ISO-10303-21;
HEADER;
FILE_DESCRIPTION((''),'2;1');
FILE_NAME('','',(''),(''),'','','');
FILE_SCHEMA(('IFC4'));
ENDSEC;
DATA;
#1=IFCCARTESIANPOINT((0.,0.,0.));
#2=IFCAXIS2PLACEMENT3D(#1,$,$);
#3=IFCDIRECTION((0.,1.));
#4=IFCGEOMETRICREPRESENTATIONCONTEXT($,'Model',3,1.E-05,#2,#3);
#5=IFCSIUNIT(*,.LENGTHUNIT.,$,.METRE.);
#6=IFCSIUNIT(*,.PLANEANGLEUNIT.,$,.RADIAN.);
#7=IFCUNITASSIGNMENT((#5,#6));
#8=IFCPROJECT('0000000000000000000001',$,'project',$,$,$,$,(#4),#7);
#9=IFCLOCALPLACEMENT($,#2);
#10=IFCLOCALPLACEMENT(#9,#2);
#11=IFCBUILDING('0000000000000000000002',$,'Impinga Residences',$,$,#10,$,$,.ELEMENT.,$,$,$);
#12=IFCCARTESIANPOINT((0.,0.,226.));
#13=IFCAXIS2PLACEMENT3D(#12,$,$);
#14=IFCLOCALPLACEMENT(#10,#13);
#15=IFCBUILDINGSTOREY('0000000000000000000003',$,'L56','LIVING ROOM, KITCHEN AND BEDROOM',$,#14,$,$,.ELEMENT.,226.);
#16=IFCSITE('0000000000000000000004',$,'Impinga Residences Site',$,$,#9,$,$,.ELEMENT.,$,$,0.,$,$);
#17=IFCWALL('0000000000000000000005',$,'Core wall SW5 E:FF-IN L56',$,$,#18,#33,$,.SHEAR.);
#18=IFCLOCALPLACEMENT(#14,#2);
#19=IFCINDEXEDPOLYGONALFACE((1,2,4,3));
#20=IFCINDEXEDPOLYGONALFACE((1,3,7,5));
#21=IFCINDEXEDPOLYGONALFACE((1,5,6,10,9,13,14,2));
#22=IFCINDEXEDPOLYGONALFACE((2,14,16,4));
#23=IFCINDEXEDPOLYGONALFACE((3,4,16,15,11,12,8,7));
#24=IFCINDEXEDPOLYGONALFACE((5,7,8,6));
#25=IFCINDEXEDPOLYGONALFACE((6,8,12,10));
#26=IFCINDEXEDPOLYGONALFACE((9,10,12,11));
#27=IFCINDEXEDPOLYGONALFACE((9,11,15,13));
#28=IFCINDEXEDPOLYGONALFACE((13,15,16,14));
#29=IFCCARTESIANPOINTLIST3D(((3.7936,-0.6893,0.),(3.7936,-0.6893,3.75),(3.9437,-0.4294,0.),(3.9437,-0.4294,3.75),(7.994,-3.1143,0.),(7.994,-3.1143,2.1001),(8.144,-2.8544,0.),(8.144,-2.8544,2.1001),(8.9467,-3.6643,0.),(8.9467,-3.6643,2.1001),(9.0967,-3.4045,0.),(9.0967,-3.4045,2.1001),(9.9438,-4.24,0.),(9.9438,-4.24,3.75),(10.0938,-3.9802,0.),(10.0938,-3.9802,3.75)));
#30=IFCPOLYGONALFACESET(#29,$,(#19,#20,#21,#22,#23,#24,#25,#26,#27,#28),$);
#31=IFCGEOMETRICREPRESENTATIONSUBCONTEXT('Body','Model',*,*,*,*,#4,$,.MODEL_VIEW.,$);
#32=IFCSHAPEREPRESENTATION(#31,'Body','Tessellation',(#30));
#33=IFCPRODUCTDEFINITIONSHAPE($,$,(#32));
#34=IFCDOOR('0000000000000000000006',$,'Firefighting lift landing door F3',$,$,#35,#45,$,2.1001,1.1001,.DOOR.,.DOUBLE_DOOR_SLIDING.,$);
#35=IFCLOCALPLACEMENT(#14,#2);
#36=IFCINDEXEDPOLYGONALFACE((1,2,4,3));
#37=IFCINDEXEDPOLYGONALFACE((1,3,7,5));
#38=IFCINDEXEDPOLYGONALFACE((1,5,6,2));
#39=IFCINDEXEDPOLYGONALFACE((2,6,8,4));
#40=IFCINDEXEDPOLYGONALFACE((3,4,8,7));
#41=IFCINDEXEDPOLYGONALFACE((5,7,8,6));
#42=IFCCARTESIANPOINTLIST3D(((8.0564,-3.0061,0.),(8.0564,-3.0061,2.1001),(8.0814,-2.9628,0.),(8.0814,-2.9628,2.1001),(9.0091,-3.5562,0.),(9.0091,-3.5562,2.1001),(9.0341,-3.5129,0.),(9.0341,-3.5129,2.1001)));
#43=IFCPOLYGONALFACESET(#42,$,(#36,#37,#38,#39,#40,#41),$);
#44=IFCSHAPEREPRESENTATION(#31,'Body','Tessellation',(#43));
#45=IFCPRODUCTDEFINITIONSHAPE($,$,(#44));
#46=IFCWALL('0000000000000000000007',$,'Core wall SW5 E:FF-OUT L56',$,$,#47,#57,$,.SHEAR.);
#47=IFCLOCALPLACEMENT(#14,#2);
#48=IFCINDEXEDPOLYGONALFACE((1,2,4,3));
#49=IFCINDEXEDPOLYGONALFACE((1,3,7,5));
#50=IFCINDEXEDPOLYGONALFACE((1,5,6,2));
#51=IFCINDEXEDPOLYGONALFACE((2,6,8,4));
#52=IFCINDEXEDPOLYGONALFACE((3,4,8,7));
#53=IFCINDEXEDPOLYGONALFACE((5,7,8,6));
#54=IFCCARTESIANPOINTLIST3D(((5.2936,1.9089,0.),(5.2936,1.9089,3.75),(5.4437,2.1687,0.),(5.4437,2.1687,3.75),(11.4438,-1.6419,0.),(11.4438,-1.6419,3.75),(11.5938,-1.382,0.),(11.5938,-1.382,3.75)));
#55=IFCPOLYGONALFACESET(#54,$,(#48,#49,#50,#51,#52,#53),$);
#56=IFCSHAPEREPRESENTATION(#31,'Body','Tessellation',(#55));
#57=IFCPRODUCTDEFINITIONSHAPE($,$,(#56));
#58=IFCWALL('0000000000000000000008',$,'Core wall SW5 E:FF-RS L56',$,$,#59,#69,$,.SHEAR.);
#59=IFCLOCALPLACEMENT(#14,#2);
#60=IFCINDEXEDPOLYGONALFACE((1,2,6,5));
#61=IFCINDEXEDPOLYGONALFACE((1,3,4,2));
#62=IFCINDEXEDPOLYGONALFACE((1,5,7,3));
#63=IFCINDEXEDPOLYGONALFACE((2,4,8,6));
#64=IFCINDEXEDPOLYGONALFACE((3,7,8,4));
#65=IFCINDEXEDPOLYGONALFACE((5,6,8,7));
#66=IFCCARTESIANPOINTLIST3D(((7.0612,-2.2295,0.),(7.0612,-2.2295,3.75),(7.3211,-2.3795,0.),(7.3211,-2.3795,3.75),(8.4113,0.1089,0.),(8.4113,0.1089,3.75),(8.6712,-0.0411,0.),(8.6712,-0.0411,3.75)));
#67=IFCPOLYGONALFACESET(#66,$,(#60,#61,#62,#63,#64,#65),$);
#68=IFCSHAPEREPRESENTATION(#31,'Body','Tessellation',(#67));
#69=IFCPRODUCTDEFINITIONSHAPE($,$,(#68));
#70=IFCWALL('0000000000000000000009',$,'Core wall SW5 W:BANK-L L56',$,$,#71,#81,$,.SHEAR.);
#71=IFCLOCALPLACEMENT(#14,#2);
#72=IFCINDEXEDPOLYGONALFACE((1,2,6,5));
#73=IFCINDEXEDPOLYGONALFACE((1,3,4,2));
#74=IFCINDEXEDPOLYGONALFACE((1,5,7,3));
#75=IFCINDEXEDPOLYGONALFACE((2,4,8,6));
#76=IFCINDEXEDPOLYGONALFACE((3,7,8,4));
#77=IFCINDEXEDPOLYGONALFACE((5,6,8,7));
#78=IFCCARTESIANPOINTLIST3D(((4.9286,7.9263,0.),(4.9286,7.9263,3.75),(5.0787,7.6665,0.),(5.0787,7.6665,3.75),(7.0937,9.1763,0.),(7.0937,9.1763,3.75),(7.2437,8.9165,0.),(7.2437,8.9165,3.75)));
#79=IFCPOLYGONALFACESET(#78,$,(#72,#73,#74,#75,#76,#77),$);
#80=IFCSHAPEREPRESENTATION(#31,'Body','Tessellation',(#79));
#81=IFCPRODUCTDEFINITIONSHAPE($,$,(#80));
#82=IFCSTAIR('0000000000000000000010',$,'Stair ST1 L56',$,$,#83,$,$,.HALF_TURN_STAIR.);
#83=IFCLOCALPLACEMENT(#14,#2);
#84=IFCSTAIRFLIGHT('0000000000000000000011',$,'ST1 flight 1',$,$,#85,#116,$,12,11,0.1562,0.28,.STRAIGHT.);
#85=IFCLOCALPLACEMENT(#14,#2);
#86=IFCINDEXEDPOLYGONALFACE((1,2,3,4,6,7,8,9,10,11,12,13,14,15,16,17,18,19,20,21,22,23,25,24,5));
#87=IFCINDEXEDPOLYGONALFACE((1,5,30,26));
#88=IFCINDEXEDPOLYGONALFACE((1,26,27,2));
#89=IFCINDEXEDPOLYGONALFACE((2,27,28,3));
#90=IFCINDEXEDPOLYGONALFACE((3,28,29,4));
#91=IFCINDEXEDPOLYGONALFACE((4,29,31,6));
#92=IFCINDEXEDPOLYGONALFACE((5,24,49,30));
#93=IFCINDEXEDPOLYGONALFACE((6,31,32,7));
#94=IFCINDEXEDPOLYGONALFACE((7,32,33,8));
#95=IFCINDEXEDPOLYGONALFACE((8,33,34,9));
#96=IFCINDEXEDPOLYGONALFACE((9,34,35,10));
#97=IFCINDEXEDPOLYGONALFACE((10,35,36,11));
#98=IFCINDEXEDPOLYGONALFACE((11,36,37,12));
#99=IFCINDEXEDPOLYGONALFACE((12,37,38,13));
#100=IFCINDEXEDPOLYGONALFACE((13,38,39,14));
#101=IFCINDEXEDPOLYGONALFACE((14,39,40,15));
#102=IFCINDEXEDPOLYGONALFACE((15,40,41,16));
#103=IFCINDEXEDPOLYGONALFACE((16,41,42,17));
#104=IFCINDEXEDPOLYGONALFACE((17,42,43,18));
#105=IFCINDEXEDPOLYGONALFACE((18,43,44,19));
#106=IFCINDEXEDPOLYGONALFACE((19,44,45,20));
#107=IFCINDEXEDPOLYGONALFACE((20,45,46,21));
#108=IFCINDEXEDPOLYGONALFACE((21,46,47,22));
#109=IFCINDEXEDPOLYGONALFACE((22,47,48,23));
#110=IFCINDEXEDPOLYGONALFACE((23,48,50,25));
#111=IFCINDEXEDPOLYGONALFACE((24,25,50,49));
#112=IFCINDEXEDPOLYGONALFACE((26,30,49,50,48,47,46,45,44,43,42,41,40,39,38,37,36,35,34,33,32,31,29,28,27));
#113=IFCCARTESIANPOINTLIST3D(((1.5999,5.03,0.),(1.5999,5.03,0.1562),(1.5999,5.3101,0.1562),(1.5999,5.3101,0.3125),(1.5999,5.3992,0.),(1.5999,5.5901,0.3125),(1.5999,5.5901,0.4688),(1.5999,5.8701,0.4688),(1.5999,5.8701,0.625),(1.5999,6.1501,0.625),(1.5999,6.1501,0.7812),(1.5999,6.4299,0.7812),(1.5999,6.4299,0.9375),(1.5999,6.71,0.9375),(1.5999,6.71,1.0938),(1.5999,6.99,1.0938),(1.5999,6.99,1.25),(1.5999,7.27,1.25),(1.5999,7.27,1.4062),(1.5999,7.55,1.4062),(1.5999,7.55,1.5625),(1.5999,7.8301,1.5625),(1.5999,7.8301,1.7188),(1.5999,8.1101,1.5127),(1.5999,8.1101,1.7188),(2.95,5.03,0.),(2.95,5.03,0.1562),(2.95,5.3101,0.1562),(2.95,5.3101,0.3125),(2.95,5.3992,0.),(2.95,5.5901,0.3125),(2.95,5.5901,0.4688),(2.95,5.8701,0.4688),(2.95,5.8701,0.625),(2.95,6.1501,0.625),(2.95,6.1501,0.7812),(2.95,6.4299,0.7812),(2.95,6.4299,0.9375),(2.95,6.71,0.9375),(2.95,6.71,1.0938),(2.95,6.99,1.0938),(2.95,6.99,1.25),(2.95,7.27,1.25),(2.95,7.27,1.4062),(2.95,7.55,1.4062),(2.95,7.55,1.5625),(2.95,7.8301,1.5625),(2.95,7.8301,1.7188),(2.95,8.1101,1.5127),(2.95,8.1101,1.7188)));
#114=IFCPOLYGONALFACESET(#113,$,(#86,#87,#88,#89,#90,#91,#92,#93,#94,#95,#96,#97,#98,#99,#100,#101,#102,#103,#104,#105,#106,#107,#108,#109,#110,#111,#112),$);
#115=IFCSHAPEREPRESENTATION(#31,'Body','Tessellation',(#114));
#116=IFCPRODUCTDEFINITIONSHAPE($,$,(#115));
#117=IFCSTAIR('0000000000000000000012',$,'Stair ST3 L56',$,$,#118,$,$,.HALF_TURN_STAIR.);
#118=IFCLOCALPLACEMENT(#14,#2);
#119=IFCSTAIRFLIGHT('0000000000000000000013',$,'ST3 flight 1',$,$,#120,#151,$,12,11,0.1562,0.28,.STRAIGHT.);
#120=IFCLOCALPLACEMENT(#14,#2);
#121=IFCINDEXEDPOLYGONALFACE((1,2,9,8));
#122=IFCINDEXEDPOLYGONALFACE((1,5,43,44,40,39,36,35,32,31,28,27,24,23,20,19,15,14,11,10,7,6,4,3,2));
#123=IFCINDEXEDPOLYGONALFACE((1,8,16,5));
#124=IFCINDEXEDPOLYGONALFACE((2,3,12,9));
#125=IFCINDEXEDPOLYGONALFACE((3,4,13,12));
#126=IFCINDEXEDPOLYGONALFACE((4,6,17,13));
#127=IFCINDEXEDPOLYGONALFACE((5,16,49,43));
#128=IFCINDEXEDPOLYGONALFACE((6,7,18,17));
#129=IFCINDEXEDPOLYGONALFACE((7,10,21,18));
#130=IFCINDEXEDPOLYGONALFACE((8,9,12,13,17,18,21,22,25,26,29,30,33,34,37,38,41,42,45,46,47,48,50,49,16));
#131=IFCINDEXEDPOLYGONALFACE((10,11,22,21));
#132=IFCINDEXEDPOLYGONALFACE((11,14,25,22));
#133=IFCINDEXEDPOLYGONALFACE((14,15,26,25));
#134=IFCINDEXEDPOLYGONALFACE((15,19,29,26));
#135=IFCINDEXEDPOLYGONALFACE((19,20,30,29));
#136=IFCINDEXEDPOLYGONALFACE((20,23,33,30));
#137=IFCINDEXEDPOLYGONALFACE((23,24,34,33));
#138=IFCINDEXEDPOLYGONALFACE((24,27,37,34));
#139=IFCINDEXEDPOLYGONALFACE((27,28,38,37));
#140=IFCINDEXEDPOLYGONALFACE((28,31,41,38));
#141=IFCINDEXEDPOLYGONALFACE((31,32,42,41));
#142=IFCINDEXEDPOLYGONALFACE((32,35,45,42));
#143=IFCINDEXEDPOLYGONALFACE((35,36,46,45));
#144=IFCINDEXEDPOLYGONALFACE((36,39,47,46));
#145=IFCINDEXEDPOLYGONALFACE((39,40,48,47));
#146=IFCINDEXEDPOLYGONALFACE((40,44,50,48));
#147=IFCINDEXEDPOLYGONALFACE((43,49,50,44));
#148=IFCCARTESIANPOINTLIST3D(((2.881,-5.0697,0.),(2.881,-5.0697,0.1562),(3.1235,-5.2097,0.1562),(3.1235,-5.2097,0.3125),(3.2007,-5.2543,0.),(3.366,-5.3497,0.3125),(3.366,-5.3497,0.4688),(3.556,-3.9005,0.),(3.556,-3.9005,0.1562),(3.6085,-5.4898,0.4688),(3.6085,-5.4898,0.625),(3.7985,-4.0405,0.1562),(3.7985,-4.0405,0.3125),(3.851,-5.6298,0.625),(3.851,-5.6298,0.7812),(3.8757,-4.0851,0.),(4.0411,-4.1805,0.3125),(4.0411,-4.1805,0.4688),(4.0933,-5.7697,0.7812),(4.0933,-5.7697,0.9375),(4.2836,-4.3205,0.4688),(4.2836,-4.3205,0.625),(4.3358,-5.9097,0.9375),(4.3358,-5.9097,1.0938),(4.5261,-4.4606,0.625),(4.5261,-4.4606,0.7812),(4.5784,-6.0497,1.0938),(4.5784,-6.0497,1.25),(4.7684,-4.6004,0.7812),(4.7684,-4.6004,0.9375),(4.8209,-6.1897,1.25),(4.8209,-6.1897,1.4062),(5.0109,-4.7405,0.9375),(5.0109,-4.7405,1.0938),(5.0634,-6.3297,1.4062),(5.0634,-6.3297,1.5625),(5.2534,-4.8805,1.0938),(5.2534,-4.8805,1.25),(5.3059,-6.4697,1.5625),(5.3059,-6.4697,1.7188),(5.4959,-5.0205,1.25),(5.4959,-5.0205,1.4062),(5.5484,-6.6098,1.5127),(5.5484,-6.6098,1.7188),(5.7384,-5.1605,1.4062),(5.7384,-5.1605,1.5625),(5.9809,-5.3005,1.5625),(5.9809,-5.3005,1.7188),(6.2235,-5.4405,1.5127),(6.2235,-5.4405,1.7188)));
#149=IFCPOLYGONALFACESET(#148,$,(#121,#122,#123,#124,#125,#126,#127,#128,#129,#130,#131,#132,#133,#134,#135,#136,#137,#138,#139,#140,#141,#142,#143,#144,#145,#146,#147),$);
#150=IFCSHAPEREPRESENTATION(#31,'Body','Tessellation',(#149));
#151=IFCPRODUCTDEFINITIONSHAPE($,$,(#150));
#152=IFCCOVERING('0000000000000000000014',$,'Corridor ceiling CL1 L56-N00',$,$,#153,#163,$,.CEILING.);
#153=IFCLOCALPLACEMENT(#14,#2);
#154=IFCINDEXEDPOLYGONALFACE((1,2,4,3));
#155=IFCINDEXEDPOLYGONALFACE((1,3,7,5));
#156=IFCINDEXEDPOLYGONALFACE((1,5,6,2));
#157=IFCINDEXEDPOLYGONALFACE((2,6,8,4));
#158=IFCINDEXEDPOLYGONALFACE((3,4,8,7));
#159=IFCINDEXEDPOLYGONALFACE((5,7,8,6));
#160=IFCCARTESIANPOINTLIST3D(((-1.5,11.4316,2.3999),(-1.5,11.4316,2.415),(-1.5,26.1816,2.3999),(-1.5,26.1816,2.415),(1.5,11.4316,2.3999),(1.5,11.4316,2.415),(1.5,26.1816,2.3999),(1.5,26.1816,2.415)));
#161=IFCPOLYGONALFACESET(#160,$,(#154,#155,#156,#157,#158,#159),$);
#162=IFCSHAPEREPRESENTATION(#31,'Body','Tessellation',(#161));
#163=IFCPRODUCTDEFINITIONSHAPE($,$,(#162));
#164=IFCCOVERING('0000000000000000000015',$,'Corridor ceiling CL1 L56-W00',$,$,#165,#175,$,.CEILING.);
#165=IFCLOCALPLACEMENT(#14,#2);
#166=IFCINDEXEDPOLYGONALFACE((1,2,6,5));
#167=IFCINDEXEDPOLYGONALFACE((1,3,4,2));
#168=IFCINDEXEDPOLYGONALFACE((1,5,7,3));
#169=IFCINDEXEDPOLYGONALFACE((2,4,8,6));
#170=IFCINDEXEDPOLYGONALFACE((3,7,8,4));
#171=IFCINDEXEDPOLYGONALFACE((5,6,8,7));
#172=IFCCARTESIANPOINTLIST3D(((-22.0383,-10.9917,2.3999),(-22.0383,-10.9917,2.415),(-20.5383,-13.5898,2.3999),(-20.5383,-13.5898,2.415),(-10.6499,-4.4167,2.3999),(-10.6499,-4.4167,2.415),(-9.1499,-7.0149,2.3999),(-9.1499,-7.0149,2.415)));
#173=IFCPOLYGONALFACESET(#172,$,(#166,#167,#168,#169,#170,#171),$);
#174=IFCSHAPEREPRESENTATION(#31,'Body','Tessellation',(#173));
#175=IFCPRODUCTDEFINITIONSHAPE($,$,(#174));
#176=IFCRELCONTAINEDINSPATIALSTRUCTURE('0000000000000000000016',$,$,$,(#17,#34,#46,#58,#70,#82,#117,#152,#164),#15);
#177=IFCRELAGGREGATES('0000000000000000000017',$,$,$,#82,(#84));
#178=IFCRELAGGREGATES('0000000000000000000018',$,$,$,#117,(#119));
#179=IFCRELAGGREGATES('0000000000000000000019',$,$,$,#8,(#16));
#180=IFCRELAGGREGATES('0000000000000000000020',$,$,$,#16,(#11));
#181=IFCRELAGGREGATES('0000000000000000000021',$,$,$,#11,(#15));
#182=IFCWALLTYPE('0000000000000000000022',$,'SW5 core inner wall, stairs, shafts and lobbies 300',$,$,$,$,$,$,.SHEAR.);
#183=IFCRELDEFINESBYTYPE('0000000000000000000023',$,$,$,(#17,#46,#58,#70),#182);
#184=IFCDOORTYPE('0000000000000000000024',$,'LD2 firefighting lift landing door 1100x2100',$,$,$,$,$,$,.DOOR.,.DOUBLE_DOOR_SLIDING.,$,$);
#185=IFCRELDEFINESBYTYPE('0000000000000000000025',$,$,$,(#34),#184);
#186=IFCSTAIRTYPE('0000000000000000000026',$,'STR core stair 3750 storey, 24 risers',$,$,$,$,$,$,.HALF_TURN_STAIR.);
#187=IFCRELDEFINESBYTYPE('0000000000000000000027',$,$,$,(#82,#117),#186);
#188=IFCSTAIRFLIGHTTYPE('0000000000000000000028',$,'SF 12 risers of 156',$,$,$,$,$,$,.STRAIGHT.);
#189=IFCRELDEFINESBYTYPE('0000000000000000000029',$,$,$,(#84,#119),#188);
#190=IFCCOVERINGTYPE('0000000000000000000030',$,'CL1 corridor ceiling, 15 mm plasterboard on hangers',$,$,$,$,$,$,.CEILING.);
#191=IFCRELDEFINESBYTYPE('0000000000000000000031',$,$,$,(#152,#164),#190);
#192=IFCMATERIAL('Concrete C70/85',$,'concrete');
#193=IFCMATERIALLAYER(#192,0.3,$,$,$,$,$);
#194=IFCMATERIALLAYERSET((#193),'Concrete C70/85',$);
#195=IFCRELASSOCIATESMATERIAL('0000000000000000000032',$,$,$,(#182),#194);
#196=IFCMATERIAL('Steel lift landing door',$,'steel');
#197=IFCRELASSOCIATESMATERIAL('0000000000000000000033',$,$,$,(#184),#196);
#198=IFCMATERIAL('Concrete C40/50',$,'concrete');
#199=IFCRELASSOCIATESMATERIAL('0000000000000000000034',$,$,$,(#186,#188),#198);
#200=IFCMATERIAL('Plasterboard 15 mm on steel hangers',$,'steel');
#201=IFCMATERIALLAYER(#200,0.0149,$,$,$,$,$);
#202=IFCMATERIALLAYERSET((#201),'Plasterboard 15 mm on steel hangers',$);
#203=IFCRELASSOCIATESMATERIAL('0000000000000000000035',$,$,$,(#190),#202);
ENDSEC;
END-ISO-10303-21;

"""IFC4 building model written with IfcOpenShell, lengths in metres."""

from ifc_helpers import new_model, si_unit, direction, frame, frame_2d, origin, place, context, subcontext, project, spatial, polyline, rectangle, outline, extrude, material, layer, layer_set, type_object, element, fill, aggregate, save


model = new_model("IFC4")

# Units and contexts
model_context = context("Model", 3, precision=1e-05, world=origin(), true_north=direction((0.0, 1.0)))
body_context = subcontext(model_context, "Body", "Model", "MODEL_VIEW")
ifc_project = project(units=[si_unit("LENGTHUNIT", "METRE"), si_unit("PLANEANGLEUNIT", "RADIAN")], contexts=[model_context])

# Site, building, storey
site_placement = place(None, origin())
site = spatial("IfcSite", under=ifc_project, at=site_placement, Name="Impinga Residences Site", CompositionType="ELEMENT", RefElevation=0.0)
building_placement = place(site_placement, origin())
building = spatial("IfcBuilding", under=site, at=building_placement, Name="Impinga Residences", CompositionType="ELEMENT")
storey_placement = place(building_placement, frame((0.0, 0.0, 226.0)))
storey = spatial("IfcBuildingStorey", under=building, at=storey_placement, Name="L56", Description="LIVING ROOM, KITCHEN AND BEDROOM", CompositionType="ELEMENT", Elevation=226.0)

# Shared definitions
ifc_material_1 = material(Name="Concrete C70/85", Category="concrete")
ifc_layer_1 = layer(ifc_material_1, 0.3)
ifc_layer_set_1 = layer_set([ifc_layer_1], Name="Concrete C70/85")
wall_type_1 = type_object("IfcWallType", Name="SW5 core inner wall, stairs, shafts and lobbies 300", PredefinedType="SHEAR", material=ifc_layer_set_1)

# Wall, opening, door
wall_1_placement = place(storey_placement, frame((3.8687, -0.5593, 0.0), z_axis=(0.0, 0.0, 1.0), x_axis=(0.866026, -0.499999, 0.0)))
wall_1 = element("IfcWall", 1, at=wall_1_placement, inside=storey, type_object=wall_type_1, Name="Core wall SW5 E:FF-IN L56", PredefinedType="SHEAR", context=body_context, shape_type="SweptSolid", body=[
    extrude(rectangle(XDim=7.1016, YDim=0.3, at=frame_2d((3.5508, 0.0))), origin(), (0.0, 0.0, 1.0), 3.75),
])
opening_1_placement = place(wall_1_placement, frame((4.8501, 0.0, 0.0)))
opening_1 = element("IfcOpeningElement", 2, at=opening_1_placement, cuts=wall_1, PredefinedType="OPENING", context=body_context, shape_type="SweptSolid", body=[
    extrude(rectangle(XDim=1.1001, YDim=2.1001, at=frame_2d((0.55, 1.05))), frame((0.0, 0.1599, 0.0), z_axis=(0.0, -1.0, 0.0), x_axis=(1.0, 0.0, 0.0)), (0.0, 0.0, 1.0), 0.3201),
])
ifc_material_2 = material(Name="Steel lift landing door", Category="steel")
door_type_1 = type_object("IfcDoorType", Name="LD2 firefighting lift landing door 1100x2100", OperationType="DOUBLE_DOOR_SLIDING", PredefinedType="DOOR", material=ifc_material_2)
door_1_placement = place(opening_1_placement, origin())
door_1 = element("IfcDoor", 3, at=door_1_placement, inside=storey, type_object=door_type_1, Name="Firefighting lift landing door F3", OperationType="DOUBLE_DOOR_SLIDING", OverallHeight=2.1001, OverallWidth=1.1001, PredefinedType="DOOR", context=body_context, shape_type="SweptSolid", body=[
    extrude(rectangle(XDim=1.1001, YDim=2.1001, at=frame_2d((0.55, 1.05))), frame((0.0, 0.0249, 0.0), z_axis=(0.0, -1.0, 0.0), x_axis=(1.0, 0.0, 0.0)), (0.0, 0.0, 1.0), 0.05),
])
fill(opening_1, door_1)

# Walls
wall_2_placement = place(storey_placement, frame((5.3687, 2.0388, 0.0), z_axis=(0.0, 0.0, 1.0), x_axis=(0.866026, -0.499999, 0.0)))
element("IfcWall", 4, at=wall_2_placement, inside=storey, type_object=wall_type_1, Name="Core wall SW5 E:FF-OUT L56", PredefinedType="SHEAR", context=body_context, shape_type="SweptSolid", body=[
    extrude(rectangle(XDim=7.1016, YDim=0.3, at=frame_2d((3.5508, 0.0))), origin(), (0.0, 0.0, 1.0), 3.75),
])
wall_3_placement = place(storey_placement, frame((8.5413, 0.0339, 0.0), z_axis=(0.0, 0.0, 1.0), x_axis=(-0.500009, -0.86602, 0.0)))
element("IfcWall", 5, at=wall_3_placement, inside=storey, type_object=wall_type_1, Name="Core wall SW5 E:FF-RS L56", PredefinedType="SHEAR", context=body_context, shape_type="SweptSolid", body=[
    extrude(rectangle(XDim=2.7002, YDim=0.3, at=frame_2d((1.3501, 0.0))), origin(), (0.0, 0.0, 1.0), 3.75),
])
wall_4_placement = place(storey_placement, frame((5.0037, 7.7964, 0.0), z_axis=(0.0, 0.0, 1.0), x_axis=(0.866023, 0.500004, 0.0)))
element("IfcWall", 6, at=wall_4_placement, inside=storey, type_object=wall_type_1, Name="Core wall SW5 W:BANK-L L56", PredefinedType="SHEAR", context=body_context, shape_type="SweptSolid", body=[
    extrude(rectangle(XDim=2.5, YDim=0.3, at=frame_2d((1.25, 0.0))), origin(), (0.0, 0.0, 1.0), 3.75),
])

# Stairs, stair flights
ifc_material_3 = material(Name="Concrete C40/50", Category="concrete")
stair_type = type_object("IfcStairType", Name="STR core stair 3750 storey, 24 risers", PredefinedType="HALF_TURN_STAIR", material=ifc_material_3)
stair_1_placement = place(storey_placement, origin())
stair_1 = element("IfcStair", 7, at=stair_1_placement, inside=storey, type_object=stair_type, Name="Stair ST1 L56", PredefinedType="HALF_TURN_STAIR")
stair_flight_type = type_object("IfcStairFlightType", Name="SF 12 risers of 156", PredefinedType="STRAIGHT", material=ifc_material_3)
stair_flight_1_placement = place(storey_placement, frame((2.2749, 5.03, 0.0), z_axis=(0.0, 0.0, 1.0), x_axis=(0.0, 1.0, 0.0)))
stair_flight_1 = element("IfcStairFlight", 8, at=stair_flight_1_placement, type_object=stair_flight_type, Name="ST1 flight 1", NumberOfRisers=12, NumberOfTreads=11, PredefinedType="STRAIGHT", RiserHeight=0.1562, TreadLength=0.28, context=body_context, shape_type="SweptSolid", body=[
    extrude(outline(polyline([(0.0, 0.0), (0.0, 0.1562), (0.28, 0.1562), (0.28, 0.3125), (0.5601, 0.3125), (0.5601, 0.4688), (0.8401, 0.4688), (0.8401, 0.625), (1.1201, 0.625), (1.1201, 0.7812), (1.3999, 0.7812), (1.3999, 0.9375), (1.6799, 0.9375), (1.6799, 1.0938), (1.96, 1.0938), (1.96, 1.25), (2.24, 1.25), (2.24, 1.4062), (2.52, 1.4062), (2.52, 1.5625), (2.8, 1.5625), (2.8, 1.7188), (3.0801, 1.7188), (3.0801, 1.875), (3.0801, 1.5127), (0.3691, 0.0), (0.0, 0.0)])), frame((0.0, 0.675, 0.0), z_axis=(0.0, -1.0, 0.0), x_axis=(1.0, 0.0, 0.0)), (0.0, 0.0, 1.0), 1.3501),
])
aggregate(stair_1, [stair_flight_1])
stair_2_placement = place(storey_placement, origin())
stair_2 = element("IfcStair", 9, at=stair_2_placement, inside=storey, type_object=stair_type, Name="Stair ST3 L56", PredefinedType="HALF_TURN_STAIR")
stair_flight_2_placement = place(storey_placement, frame((3.2185, -4.4851, 0.0), z_axis=(0.0, 0.0, 1.0), x_axis=(0.866025, -0.5, 0.0)))
stair_flight_2 = element("IfcStairFlight", 10, at=stair_flight_2_placement, type_object=stair_flight_type, Name="ST3 flight 1", NumberOfRisers=12, NumberOfTreads=11, PredefinedType="STRAIGHT", RiserHeight=0.1562, TreadLength=0.28, context=body_context, shape_type="SweptSolid", body=[
    extrude(outline(polyline([(0.0, 0.0), (0.0, 0.1562), (0.28, 0.1562), (0.28, 0.3125), (0.5601, 0.3125), (0.5601, 0.4688), (0.8401, 0.4688), (0.8401, 0.625), (1.1201, 0.625), (1.1201, 0.7812), (1.3999, 0.7812), (1.3999, 0.9375), (1.6799, 0.9375), (1.6799, 1.0938), (1.96, 1.0938), (1.96, 1.25), (2.24, 1.25), (2.24, 1.4062), (2.52, 1.4062), (2.52, 1.5625), (2.8, 1.5625), (2.8, 1.7188), (3.0801, 1.7188), (3.0801, 1.875), (3.0801, 1.5127), (0.3691, 0.0), (0.0, 0.0)])), frame((0.0, 0.675, 0.0), z_axis=(0.0, -1.0, 0.0), x_axis=(1.0, 0.0, 0.0)), (0.0, 0.0, 1.0), 1.3501),
])
aggregate(stair_2, [stair_flight_2])

# Coverings
ifc_material_4 = material(Name="Plasterboard 15 mm on steel hangers", Category="steel")
ifc_layer_2 = layer(ifc_material_4, 0.0149)
ifc_layer_set_2 = layer_set([ifc_layer_2], Name="Plasterboard 15 mm on steel hangers")
covering_type_1 = type_object("IfcCoveringType", Name="CL1 corridor ceiling, 15 mm plasterboard on hangers", PredefinedType="CEILING", material=ifc_layer_set_2)
covering_1_placement = place(storey_placement, frame((0.0, 0.0, 2.3999)))
element("IfcCovering", 11, at=covering_1_placement, inside=storey, type_object=covering_type_1, Name="Corridor ceiling CL1 L56-N00", PredefinedType="CEILING", context=body_context, shape_type="SweptSolid", body=[
    extrude(outline(polyline([(-1.5, 11.4316), (1.5, 11.4316), (1.5, 26.1816), (-1.5, 26.1816), (-1.5, 11.4316)])), origin(), (0.0, 0.0, 1.0), 0.0151),
])
covering_2_placement = place(storey_placement, frame((0.0, 0.0, 2.3999)))
element("IfcCovering", 12, at=covering_2_placement, inside=storey, type_object=covering_type_1, Name="Corridor ceiling CL1 L56-W00", PredefinedType="CEILING", context=body_context, shape_type="SweptSolid", body=[
    extrude(outline(polyline([(-9.1499, -7.0149), (-10.6499, -4.4167), (-22.0383, -10.9917), (-20.5383, -13.5898), (-9.1499, -7.0149)])), origin(), (0.0, 0.0, 1.0), 0.0151),
])

save(model, "model.ifc")
